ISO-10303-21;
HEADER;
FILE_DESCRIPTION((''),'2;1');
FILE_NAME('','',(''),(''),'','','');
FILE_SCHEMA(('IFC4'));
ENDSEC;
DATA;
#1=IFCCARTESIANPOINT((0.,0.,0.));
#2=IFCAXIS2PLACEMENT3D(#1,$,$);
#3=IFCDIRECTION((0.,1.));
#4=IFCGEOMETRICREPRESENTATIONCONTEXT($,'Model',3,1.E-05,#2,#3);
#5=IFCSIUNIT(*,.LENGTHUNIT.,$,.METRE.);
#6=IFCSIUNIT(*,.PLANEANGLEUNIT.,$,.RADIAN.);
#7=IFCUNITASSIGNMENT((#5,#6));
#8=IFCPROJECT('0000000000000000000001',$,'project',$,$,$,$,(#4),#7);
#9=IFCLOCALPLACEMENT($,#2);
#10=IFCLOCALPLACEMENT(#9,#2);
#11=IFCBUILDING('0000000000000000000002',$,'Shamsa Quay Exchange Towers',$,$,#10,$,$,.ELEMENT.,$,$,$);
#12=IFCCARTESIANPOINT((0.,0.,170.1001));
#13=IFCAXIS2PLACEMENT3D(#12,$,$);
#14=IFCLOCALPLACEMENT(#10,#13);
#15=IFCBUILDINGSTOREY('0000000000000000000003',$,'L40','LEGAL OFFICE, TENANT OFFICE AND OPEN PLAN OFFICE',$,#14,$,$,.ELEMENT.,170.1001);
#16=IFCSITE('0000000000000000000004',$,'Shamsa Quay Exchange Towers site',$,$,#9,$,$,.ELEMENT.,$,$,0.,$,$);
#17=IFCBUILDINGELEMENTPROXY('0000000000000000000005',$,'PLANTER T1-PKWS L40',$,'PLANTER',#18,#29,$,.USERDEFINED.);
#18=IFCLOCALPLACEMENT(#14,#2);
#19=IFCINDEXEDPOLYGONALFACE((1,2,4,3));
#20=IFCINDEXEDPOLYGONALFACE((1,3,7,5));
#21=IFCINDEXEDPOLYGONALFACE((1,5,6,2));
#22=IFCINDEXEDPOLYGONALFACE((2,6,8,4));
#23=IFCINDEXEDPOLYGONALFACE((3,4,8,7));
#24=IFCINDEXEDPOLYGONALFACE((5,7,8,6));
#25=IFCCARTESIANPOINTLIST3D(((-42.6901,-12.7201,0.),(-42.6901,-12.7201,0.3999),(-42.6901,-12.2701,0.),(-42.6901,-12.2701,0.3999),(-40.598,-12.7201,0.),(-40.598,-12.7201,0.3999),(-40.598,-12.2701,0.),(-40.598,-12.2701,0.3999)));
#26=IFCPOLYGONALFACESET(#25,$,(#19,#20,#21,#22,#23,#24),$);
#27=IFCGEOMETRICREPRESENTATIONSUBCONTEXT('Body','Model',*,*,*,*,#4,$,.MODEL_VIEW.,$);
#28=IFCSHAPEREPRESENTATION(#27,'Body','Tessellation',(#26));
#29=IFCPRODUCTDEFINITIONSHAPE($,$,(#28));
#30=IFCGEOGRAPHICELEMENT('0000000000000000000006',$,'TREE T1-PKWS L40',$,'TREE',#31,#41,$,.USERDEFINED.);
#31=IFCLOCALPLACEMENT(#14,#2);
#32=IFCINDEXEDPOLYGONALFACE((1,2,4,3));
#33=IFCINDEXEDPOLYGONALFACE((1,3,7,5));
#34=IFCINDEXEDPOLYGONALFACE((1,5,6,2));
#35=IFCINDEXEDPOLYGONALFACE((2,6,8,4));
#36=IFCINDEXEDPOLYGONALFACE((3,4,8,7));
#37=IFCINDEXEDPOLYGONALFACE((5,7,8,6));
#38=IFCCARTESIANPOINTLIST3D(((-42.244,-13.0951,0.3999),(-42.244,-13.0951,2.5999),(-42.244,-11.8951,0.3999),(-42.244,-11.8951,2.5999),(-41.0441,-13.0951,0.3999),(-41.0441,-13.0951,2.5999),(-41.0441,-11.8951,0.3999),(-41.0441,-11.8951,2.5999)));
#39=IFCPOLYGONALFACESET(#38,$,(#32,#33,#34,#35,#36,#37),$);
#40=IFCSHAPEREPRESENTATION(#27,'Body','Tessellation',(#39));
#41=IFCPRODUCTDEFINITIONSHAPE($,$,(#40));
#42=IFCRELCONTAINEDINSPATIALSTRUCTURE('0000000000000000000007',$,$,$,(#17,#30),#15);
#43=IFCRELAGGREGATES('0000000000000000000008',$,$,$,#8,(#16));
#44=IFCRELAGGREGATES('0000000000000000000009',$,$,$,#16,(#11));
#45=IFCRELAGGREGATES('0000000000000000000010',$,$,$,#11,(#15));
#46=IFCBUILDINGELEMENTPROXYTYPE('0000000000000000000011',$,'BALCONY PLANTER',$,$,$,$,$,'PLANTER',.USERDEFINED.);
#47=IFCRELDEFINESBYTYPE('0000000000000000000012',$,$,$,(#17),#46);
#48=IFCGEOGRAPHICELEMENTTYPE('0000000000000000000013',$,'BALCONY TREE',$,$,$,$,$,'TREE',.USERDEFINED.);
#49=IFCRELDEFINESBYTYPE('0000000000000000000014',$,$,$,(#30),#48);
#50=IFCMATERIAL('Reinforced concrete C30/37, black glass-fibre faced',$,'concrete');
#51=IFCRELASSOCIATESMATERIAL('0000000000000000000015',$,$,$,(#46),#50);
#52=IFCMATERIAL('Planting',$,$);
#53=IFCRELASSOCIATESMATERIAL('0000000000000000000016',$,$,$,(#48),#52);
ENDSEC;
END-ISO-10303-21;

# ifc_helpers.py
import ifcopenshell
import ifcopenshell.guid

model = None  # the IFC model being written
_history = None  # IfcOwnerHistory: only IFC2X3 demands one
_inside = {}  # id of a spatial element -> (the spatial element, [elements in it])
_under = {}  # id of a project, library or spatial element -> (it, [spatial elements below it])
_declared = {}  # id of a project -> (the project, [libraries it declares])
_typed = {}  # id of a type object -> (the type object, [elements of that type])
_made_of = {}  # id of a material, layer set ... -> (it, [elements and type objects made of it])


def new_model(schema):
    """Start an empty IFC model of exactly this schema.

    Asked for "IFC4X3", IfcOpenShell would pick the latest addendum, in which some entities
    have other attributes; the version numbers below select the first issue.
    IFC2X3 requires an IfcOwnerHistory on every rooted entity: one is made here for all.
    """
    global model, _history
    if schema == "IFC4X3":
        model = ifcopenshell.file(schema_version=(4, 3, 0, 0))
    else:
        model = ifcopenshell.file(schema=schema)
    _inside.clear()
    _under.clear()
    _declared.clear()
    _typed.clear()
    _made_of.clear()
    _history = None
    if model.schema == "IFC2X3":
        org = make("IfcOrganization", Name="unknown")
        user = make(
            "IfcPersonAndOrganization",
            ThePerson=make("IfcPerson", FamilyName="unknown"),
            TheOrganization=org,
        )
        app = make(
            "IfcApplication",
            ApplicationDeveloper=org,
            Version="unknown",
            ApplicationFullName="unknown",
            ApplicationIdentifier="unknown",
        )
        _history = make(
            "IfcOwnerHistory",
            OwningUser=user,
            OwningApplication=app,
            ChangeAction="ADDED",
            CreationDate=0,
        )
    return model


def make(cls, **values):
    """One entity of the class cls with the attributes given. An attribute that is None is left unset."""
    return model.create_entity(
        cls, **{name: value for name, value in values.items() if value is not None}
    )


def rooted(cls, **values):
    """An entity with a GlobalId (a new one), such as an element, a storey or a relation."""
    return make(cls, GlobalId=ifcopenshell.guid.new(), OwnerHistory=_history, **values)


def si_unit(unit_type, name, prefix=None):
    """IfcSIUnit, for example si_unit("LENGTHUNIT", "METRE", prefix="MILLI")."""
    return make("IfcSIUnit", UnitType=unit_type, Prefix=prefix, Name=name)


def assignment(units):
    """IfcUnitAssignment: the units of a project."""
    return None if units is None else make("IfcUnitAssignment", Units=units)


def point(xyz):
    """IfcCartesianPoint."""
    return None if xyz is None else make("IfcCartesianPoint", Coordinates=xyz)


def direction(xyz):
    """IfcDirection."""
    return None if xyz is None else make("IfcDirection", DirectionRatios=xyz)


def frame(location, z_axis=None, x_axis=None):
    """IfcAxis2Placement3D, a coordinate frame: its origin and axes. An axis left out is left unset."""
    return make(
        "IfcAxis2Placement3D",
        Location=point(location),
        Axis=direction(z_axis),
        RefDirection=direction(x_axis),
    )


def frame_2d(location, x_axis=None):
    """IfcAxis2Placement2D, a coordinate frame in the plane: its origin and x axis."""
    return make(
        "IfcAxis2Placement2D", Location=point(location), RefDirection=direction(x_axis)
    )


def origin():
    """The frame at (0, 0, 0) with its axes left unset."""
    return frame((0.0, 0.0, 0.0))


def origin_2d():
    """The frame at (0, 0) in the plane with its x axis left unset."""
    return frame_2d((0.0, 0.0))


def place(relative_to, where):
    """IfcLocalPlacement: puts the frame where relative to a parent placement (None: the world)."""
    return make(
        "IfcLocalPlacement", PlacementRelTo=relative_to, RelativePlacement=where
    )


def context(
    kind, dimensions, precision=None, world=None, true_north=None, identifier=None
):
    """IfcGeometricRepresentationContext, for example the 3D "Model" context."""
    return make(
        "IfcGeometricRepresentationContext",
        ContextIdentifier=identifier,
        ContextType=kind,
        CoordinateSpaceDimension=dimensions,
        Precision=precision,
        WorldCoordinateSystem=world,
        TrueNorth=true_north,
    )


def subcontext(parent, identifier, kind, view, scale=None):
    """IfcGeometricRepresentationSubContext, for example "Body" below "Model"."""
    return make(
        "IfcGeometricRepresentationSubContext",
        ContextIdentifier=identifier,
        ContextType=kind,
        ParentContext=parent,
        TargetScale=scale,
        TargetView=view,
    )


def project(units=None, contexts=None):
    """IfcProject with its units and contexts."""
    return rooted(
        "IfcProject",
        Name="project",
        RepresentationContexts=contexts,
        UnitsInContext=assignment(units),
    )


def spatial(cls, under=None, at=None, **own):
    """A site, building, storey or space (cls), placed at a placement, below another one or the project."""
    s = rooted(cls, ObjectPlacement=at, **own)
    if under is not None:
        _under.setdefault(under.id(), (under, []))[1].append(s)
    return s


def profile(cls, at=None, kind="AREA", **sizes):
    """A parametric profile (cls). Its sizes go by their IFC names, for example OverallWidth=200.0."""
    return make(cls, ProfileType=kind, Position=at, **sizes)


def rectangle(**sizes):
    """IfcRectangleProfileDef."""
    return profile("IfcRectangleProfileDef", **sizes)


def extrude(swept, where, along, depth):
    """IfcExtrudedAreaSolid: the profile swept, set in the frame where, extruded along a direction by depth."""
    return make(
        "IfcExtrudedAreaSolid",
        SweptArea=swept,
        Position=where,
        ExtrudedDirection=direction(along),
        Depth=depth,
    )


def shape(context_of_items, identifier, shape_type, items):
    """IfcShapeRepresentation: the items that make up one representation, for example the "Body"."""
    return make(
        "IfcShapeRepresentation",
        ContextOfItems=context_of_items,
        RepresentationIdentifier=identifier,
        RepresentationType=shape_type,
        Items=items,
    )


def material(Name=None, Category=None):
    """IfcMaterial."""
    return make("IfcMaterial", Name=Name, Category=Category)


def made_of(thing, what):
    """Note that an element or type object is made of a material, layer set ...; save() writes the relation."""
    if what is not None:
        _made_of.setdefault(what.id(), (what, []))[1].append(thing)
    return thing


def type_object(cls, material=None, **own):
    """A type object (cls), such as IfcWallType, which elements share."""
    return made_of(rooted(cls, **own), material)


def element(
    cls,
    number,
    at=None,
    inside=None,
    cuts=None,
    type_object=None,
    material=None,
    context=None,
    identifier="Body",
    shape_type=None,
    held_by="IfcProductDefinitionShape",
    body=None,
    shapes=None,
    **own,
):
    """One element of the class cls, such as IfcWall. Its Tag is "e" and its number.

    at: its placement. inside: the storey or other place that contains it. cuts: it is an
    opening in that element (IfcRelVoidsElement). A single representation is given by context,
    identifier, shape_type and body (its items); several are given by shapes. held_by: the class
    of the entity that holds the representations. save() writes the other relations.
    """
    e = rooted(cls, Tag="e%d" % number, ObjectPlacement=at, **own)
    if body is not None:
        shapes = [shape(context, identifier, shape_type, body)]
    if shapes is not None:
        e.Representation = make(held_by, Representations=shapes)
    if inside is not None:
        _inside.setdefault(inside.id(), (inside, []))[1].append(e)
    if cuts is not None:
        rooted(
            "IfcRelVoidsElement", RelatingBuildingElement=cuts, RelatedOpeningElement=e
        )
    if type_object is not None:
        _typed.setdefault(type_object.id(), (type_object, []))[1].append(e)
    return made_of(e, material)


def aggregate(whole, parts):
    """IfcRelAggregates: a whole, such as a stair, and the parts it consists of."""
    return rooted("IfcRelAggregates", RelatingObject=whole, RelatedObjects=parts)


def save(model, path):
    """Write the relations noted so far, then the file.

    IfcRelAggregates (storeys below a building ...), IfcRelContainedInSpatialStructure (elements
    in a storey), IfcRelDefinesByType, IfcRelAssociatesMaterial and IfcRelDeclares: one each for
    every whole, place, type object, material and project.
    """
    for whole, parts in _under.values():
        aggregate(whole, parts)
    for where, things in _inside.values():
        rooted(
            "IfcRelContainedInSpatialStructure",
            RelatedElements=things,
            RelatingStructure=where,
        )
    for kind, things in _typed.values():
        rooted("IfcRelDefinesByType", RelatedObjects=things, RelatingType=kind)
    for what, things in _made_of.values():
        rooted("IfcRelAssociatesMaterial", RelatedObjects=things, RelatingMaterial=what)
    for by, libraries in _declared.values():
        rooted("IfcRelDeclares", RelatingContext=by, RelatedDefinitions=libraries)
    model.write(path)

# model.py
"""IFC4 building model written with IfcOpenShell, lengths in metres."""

from ifc_helpers import new_model, si_unit, direction, frame, origin, origin_2d, place, context, subcontext, project, spatial, rectangle, extrude, material, type_object, element, save


model = new_model("IFC4")

# Units and contexts
model_context = context("Model", 3, precision=1e-05, world=origin(), true_north=direction((0.0, 1.0)))
body_context = subcontext(model_context, "Body", "Model", "MODEL_VIEW")
ifc_project = project(units=[si_unit("LENGTHUNIT", "METRE"), si_unit("PLANEANGLEUNIT", "RADIAN")], contexts=[model_context])

# Site, building, storey
site_placement = place(None, origin())
site = spatial("IfcSite", under=ifc_project, at=site_placement, Name="Shamsa Quay Exchange Towers site", CompositionType="ELEMENT", RefElevation=0.0)
building_placement = place(site_placement, origin())
building = spatial("IfcBuilding", under=site, at=building_placement, Name="Shamsa Quay Exchange Towers", CompositionType="ELEMENT")
storey_placement = place(building_placement, frame((0.0, 0.0, 170.1001)))
storey = spatial("IfcBuildingStorey", under=building, at=storey_placement, Name="L40", Description="LEGAL OFFICE, TENANT OFFICE AND OPEN PLAN OFFICE", CompositionType="ELEMENT", Elevation=170.1001)

# Building element proxy
ifc_material_1 = material(Name="Reinforced concrete C30/37, black glass-fibre faced", Category="concrete")
building_element_proxy_type = type_object("IfcBuildingElementProxyType", Name="BALCONY PLANTER", ElementType="PLANTER", PredefinedType="USERDEFINED", material=ifc_material_1)
proxy_placement = place(storey_placement, frame((-41.644, -12.4951, 0.0)))
element("IfcBuildingElementProxy", 1, at=proxy_placement, inside=storey, type_object=building_element_proxy_type, Name="PLANTER T1-PKWS L40", ObjectType="PLANTER", PredefinedType="USERDEFINED", context=body_context, shape_type="SweptSolid", body=[
    extrude(rectangle(XDim=2.092, YDim=0.45, at=origin_2d()), origin(), (0.0, 0.0, 1.0), 0.3999),
])

# Geographic element
ifc_material_2 = material(Name="Planting")
geographic_element_type = type_object("IfcGeographicElementType", Name="BALCONY TREE", ElementType="TREE", PredefinedType="USERDEFINED", material=ifc_material_2)
geographic_element_placement = place(storey_placement, frame((-41.644, -12.4951, 0.3999)))
element("IfcGeographicElement", 2, at=geographic_element_placement, inside=storey, type_object=geographic_element_type, Name="TREE T1-PKWS L40", ObjectType="TREE", PredefinedType="USERDEFINED", context=body_context, shape_type="SweptSolid", body=[
    extrude(rectangle(XDim=1.2, YDim=1.2, at=origin_2d()), origin(), (0.0, 0.0, 1.0), 2.2),
])

save(model, "model.ifc")
